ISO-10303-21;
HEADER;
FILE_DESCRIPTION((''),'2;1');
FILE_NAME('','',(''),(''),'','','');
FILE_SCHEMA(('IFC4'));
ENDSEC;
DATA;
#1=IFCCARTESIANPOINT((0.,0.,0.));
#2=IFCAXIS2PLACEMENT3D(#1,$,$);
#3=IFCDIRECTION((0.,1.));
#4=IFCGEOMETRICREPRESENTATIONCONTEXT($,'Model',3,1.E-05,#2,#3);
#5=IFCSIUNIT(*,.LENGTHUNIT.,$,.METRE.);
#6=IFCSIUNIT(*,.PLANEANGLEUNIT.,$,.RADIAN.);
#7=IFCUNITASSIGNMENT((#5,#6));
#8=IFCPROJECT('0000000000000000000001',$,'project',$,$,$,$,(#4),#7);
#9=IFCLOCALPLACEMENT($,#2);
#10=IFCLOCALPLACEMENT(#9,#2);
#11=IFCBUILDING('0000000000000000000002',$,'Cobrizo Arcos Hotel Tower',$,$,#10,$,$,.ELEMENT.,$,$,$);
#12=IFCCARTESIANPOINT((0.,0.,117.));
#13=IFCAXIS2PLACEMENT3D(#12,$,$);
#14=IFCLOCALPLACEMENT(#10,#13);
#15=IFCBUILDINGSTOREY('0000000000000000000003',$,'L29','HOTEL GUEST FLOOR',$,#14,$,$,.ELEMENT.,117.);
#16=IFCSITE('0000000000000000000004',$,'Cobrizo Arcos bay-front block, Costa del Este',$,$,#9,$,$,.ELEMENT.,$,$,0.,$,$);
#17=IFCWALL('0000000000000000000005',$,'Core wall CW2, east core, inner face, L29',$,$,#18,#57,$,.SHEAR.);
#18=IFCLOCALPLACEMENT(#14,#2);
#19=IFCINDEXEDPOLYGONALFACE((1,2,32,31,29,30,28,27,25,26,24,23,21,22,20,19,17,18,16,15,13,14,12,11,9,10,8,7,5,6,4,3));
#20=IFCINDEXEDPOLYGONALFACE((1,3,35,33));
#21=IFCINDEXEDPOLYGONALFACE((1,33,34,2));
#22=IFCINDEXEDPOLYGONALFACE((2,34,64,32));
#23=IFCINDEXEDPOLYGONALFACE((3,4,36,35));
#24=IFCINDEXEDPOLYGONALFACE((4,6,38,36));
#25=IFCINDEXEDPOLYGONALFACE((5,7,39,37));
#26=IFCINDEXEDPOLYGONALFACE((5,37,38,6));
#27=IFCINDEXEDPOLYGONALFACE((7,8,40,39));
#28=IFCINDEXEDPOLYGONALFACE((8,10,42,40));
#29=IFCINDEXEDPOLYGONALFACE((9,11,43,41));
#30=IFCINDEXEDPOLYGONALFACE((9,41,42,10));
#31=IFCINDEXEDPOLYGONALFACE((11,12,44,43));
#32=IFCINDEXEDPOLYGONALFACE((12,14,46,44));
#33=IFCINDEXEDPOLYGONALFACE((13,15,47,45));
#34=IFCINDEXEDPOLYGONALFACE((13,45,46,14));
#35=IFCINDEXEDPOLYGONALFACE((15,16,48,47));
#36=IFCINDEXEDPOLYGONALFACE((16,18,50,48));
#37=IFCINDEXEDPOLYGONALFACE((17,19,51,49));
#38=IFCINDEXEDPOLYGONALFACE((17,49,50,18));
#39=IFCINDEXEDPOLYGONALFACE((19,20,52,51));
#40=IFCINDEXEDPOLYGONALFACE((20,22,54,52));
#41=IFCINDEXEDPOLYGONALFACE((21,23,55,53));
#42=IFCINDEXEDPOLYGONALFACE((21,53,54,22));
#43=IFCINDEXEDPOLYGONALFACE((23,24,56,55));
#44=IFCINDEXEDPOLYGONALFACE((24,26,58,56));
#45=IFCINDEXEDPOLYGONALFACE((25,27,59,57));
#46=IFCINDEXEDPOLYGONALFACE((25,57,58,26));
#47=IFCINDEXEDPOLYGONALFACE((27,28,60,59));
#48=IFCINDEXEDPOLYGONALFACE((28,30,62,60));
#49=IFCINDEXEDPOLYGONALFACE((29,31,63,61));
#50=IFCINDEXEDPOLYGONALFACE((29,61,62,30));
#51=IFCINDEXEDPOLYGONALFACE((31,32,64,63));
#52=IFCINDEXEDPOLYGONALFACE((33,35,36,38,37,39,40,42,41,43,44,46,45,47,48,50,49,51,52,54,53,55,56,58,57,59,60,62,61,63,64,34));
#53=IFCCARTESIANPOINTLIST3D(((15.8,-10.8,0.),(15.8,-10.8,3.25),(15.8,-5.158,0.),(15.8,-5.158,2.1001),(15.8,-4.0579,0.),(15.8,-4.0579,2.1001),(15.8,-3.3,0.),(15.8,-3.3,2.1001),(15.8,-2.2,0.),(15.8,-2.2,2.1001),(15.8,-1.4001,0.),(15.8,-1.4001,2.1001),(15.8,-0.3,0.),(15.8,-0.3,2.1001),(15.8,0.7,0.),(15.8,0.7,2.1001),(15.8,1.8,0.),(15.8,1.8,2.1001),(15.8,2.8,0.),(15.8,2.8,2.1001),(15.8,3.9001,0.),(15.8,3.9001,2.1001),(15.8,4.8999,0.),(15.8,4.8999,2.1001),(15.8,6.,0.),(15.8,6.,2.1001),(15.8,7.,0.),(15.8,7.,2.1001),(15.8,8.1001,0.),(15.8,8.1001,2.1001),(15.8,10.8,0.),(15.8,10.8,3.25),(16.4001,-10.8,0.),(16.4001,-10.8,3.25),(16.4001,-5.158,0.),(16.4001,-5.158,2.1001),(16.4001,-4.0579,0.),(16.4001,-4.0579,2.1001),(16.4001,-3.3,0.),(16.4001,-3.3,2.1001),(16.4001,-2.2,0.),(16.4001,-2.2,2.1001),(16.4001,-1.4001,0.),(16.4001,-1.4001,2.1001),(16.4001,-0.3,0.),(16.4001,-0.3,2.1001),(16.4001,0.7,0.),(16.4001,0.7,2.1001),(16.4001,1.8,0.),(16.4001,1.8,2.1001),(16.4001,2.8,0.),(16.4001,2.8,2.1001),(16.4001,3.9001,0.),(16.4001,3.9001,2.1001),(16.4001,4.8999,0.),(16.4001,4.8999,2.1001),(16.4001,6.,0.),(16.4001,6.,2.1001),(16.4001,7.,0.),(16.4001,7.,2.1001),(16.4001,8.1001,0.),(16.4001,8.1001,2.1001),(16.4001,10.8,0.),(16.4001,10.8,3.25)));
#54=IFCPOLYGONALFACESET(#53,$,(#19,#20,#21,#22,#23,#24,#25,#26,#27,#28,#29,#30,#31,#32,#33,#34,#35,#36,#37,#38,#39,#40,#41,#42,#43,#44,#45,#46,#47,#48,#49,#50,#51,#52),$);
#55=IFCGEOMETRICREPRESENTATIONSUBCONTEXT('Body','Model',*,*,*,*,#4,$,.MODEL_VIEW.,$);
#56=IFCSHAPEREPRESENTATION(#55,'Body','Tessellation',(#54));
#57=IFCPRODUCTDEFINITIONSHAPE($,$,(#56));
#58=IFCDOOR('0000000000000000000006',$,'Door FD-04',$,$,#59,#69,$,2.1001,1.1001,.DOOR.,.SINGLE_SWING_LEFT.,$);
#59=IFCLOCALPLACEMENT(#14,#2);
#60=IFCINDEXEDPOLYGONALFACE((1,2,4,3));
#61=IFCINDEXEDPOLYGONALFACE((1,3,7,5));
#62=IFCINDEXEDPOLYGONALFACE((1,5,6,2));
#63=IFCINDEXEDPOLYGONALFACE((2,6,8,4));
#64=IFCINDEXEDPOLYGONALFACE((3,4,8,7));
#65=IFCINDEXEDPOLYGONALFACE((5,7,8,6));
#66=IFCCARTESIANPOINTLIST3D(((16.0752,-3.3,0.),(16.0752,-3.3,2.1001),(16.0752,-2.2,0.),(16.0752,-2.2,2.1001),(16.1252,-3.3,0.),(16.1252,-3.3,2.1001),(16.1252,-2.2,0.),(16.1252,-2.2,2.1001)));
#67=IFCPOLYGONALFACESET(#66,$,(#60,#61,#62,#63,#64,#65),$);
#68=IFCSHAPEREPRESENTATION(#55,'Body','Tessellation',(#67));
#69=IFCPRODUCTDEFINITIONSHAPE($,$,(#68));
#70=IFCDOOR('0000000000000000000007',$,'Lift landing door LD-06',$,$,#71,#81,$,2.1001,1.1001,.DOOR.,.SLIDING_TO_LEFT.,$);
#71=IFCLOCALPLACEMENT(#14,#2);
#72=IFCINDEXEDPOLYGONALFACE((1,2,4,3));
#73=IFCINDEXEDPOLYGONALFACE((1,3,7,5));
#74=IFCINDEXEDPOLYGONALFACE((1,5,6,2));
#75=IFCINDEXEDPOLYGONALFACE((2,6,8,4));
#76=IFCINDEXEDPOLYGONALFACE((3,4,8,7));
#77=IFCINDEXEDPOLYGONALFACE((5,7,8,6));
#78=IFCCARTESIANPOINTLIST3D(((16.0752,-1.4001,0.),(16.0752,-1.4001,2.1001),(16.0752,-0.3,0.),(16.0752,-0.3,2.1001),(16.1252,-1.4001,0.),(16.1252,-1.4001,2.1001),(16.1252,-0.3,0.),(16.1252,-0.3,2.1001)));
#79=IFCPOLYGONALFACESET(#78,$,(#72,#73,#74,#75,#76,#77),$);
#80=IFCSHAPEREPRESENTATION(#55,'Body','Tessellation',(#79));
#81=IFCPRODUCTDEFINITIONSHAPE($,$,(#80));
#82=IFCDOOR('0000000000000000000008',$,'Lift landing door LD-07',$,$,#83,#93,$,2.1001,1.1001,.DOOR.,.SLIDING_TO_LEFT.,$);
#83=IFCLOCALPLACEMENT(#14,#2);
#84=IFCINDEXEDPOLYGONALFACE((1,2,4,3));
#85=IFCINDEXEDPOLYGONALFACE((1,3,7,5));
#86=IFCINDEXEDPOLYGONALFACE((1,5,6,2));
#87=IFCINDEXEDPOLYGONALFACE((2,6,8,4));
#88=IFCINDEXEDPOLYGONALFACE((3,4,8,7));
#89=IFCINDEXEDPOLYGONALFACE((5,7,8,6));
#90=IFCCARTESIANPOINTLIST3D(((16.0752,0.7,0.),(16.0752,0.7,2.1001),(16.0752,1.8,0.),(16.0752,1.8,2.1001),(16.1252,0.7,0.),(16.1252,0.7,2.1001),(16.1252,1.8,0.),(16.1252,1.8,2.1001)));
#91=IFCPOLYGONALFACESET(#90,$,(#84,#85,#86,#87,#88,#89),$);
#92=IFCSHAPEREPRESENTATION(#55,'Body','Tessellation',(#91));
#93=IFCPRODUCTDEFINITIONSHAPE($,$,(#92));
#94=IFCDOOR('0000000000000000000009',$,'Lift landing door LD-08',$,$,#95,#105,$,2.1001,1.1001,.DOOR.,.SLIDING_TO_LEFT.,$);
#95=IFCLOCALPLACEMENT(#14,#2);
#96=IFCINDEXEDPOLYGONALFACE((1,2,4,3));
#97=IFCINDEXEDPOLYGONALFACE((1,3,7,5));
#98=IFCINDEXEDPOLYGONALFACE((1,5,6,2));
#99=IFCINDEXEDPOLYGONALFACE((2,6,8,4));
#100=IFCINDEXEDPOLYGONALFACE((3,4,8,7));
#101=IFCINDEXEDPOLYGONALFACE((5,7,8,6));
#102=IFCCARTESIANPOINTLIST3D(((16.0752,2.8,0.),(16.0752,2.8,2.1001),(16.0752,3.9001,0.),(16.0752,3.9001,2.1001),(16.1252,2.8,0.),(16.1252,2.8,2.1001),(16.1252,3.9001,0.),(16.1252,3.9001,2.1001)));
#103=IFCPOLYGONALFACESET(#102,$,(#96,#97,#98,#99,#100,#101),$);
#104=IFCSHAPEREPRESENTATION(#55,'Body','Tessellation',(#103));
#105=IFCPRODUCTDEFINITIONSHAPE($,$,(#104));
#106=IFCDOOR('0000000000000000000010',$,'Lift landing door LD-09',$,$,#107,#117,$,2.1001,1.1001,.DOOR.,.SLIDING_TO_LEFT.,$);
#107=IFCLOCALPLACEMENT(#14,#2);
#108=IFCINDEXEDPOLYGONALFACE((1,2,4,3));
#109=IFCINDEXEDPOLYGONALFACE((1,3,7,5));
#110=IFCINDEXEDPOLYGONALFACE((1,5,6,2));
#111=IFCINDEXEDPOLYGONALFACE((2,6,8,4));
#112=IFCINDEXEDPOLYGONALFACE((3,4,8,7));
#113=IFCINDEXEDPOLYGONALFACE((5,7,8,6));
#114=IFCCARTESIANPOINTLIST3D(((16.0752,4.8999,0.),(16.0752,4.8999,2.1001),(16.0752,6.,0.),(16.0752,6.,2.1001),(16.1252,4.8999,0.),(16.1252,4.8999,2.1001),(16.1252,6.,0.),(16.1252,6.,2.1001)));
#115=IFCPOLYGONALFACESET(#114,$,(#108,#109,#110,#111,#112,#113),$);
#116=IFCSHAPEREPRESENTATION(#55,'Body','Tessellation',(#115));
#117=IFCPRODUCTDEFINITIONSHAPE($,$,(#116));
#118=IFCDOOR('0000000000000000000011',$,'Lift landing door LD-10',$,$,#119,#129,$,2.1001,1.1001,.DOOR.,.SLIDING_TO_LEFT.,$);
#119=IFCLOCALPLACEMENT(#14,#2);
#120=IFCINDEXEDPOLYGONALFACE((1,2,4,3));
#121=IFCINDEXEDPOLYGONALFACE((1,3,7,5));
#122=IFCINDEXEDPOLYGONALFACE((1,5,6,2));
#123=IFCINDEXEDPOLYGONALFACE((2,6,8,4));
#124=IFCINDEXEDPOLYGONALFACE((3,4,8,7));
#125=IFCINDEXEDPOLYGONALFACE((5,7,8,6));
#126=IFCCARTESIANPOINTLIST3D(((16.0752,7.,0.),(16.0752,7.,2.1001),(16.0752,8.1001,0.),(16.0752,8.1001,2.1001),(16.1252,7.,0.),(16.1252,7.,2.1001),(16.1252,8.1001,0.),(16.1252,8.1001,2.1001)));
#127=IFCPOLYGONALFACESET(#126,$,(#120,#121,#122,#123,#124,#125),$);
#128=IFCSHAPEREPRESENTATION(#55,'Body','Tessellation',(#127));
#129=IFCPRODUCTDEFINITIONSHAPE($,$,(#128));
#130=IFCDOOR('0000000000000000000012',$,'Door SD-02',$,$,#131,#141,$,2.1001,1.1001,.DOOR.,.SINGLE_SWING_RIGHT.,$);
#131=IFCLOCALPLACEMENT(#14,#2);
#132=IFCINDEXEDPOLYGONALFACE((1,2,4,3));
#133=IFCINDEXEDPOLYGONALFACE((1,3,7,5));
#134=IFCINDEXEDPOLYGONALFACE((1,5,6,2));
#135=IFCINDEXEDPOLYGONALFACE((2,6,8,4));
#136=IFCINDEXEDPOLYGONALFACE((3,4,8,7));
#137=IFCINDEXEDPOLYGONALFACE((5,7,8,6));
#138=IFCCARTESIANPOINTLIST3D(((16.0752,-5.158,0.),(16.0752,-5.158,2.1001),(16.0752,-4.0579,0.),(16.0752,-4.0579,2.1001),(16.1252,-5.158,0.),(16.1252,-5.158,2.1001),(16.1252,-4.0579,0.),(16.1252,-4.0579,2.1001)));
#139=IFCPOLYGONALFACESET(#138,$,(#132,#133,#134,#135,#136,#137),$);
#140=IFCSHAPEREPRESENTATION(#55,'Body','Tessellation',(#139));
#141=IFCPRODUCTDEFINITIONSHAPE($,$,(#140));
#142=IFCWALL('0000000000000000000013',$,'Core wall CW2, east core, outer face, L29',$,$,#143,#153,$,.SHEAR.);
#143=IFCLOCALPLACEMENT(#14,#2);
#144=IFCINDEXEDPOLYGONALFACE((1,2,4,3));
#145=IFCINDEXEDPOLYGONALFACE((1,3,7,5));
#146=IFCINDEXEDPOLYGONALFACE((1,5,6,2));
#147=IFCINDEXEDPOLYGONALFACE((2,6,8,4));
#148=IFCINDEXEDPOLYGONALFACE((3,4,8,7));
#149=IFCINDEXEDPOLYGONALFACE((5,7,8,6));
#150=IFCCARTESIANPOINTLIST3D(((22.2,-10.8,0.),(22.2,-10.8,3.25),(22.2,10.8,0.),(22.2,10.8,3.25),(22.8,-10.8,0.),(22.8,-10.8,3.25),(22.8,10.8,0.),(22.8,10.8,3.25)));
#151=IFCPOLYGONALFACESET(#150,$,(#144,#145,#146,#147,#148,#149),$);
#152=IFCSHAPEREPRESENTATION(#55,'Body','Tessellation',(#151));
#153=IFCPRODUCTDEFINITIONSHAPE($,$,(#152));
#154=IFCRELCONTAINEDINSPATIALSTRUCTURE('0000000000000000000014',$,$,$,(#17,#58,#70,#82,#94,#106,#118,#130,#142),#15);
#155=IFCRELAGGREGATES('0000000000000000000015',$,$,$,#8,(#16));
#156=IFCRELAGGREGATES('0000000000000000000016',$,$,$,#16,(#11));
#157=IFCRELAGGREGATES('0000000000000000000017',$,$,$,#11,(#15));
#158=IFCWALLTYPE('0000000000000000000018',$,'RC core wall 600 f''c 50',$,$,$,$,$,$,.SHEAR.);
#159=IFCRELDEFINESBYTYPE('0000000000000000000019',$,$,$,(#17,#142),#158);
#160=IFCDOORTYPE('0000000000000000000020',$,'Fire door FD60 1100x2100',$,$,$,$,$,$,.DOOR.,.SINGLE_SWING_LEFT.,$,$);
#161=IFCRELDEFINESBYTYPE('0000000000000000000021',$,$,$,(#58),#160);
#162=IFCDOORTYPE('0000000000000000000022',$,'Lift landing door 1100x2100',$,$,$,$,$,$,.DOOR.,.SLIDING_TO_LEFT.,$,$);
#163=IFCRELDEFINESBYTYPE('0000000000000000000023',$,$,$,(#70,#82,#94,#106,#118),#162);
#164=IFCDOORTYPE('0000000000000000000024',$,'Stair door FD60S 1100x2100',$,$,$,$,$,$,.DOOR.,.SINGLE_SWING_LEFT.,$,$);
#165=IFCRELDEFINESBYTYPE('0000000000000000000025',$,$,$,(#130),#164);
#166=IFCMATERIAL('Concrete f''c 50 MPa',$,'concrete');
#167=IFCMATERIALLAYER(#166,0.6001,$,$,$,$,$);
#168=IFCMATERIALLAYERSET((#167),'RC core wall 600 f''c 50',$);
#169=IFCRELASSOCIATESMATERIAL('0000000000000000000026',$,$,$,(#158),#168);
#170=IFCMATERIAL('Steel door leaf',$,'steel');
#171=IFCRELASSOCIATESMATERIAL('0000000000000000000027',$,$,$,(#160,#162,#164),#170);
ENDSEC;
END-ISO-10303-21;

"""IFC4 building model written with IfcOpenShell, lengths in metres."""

from ifc_helpers import new_model, si_unit, direction, frame, frame_2d, origin, place, context, subcontext, project, spatial, rectangle, extrude, material, layer, layer_set, type_object, element, fill, save


model = new_model("IFC4")

# Units and contexts
model_context = context("Model", 3, precision=1e-05, world=origin(), true_north=direction((0.0, 1.0)))
body_context = subcontext(model_context, "Body", "Model", "MODEL_VIEW")
ifc_project = project(units=[si_unit("LENGTHUNIT", "METRE"), si_unit("PLANEANGLEUNIT", "RADIAN")], contexts=[model_context])

# Site, building, storey
site_placement = place(None, origin())
site = spatial("IfcSite", under=ifc_project, at=site_placement, Name="Cobrizo Arcos bay-front block, Costa del Este", CompositionType="ELEMENT", RefElevation=0.0)
building_placement = place(site_placement, origin())
building = spatial("IfcBuilding", under=site, at=building_placement, Name="Cobrizo Arcos Hotel Tower", CompositionType="ELEMENT")
storey_placement = place(building_placement, frame((0.0, 0.0, 117.0)))
storey = spatial("IfcBuildingStorey", under=building, at=storey_placement, Name="L29", Description="HOTEL GUEST FLOOR", CompositionType="ELEMENT", Elevation=117.0)

# Wall, openings, doors
ifc_material_1 = material(Name="Concrete f'c 50 MPa", Category="concrete")
ifc_layer_1 = layer(ifc_material_1, 0.6001)
ifc_layer_set_1 = layer_set([ifc_layer_1], Name="RC core wall 600 f'c 50")
wall_type_1 = type_object("IfcWallType", Name="RC core wall 600 f'c 50", PredefinedType="SHEAR", material=ifc_layer_set_1)
wall_1_placement = place(storey_placement, frame((16.1001, -10.8, 0.0), z_axis=(0.0, 0.0, 1.0), x_axis=(0.0, 1.0, 0.0)))
wall_1 = element("IfcWall", 1, at=wall_1_placement, inside=storey, type_object=wall_type_1, Name="Core wall CW2, east core, inner face, L29", PredefinedType="SHEAR", context=body_context, shape_type="SweptSolid", body=[
    extrude(rectangle(XDim=21.6001, YDim=0.6001, at=frame_2d((10.8, 0.0))), origin(), (0.0, 0.0, 1.0), 3.25),
])
opening_1_placement = place(wall_1_placement, frame((9.3999, 0.0, 0.0)))
opening_1 = element("IfcOpeningElement", 2, at=opening_1_placement, cuts=wall_1, PredefinedType="OPENING", context=body_context, shape_type="SweptSolid", body=[
    extrude(rectangle(XDim=1.1001, YDim=2.1001, at=frame_2d((0.55, 1.05))), frame((0.0, 0.312, 0.0), z_axis=(0.0, -1.0, 0.0), x_axis=(1.0, 0.0, 0.0)), (0.0, 0.0, 1.0), 0.624),
])
opening_2_placement = place(wall_1_placement, frame((11.5, 0.0, 0.0)))
opening_2 = element("IfcOpeningElement", 3, at=opening_2_placement, cuts=wall_1, PredefinedType="OPENING", context=body_context, shape_type="SweptSolid", body=[
    extrude(rectangle(XDim=1.1001, YDim=2.1001, at=frame_2d((0.55, 1.05))), frame((0.0, 0.312, 0.0), z_axis=(0.0, -1.0, 0.0), x_axis=(1.0, 0.0, 0.0)), (0.0, 0.0, 1.0), 0.624),
])
opening_3_placement = place(wall_1_placement, frame((13.6001, 0.0, 0.0)))
opening_3 = element("IfcOpeningElement", 4, at=opening_3_placement, cuts=wall_1, PredefinedType="OPENING", context=body_context, shape_type="SweptSolid", body=[
    extrude(rectangle(XDim=1.1001, YDim=2.1001, at=frame_2d((0.55, 1.05))), frame((0.0, 0.312, 0.0), z_axis=(0.0, -1.0, 0.0), x_axis=(1.0, 0.0, 0.0)), (0.0, 0.0, 1.0), 0.624),
])
opening_4_placement = place(wall_1_placement, frame((15.7, 0.0, 0.0)))
opening_4 = element("IfcOpeningElement", 5, at=opening_4_placement, cuts=wall_1, PredefinedType="OPENING", context=body_context, shape_type="SweptSolid", body=[
    extrude(rectangle(XDim=1.1001, YDim=2.1001, at=frame_2d((0.55, 1.05))), frame((0.0, 0.312, 0.0), z_axis=(0.0, -1.0, 0.0), x_axis=(1.0, 0.0, 0.0)), (0.0, 0.0, 1.0), 0.624),
])
opening_5_placement = place(wall_1_placement, frame((17.8, 0.0, 0.0)))
opening_5 = element("IfcOpeningElement", 6, at=opening_5_placement, cuts=wall_1, PredefinedType="OPENING", context=body_context, shape_type="SweptSolid", body=[
    extrude(rectangle(XDim=1.1001, YDim=2.1001, at=frame_2d((0.55, 1.05))), frame((0.0, 0.312, 0.0), z_axis=(0.0, -1.0, 0.0), x_axis=(1.0, 0.0, 0.0)), (0.0, 0.0, 1.0), 0.624),
])
opening_6_placement = place(wall_1_placement, frame((5.6421, 0.0, 0.0)))
opening_6 = element("IfcOpeningElement", 7, at=opening_6_placement, cuts=wall_1, PredefinedType="OPENING", context=body_context, shape_type="SweptSolid", body=[
    extrude(rectangle(XDim=1.1001, YDim=2.1001, at=frame_2d((0.55, 1.05))), frame((0.0, 0.312, 0.0), z_axis=(0.0, -1.0, 0.0), x_axis=(1.0, 0.0, 0.0)), (0.0, 0.0, 1.0), 0.624),
])
opening_7_placement = place(wall_1_placement, frame((7.5, 0.0, 0.0)))
opening_7 = element("IfcOpeningElement", 8, at=opening_7_placement, cuts=wall_1, PredefinedType="OPENING", context=body_context, shape_type="SweptSolid", body=[
    extrude(rectangle(XDim=1.1001, YDim=2.1001, at=frame_2d((0.55, 1.05))), frame((0.0, 0.312, 0.0), z_axis=(0.0, -1.0, 0.0), x_axis=(1.0, 0.0, 0.0)), (0.0, 0.0, 1.0), 0.624),
])
ifc_material_2 = material(Name="Steel door leaf", Category="steel")
door_type_1 = type_object("IfcDoorType", Name="Fire door FD60 1100x2100", OperationType="SINGLE_SWING_LEFT", PredefinedType="DOOR", material=ifc_material_2)
door_1_placement = place(opening_7_placement, origin())
door_1 = element("IfcDoor", 9, at=door_1_placement, inside=storey, type_object=door_type_1, Name="Door FD-04", OperationType="SINGLE_SWING_LEFT", OverallHeight=2.1001, OverallWidth=1.1001, PredefinedType="DOOR", context=body_context, shape_type="SweptSolid", body=[
    extrude(rectangle(XDim=1.1001, YDim=2.1001, at=frame_2d((0.55, 1.05))), frame((0.0, 0.0249, 0.0), z_axis=(0.0, -1.0, 0.0), x_axis=(1.0, 0.0, 0.0)), (0.0, 0.0, 1.0), 0.05),
])
fill(opening_7, door_1)
door_type_2 = type_object("IfcDoorType", Name="Lift landing door 1100x2100", OperationType="SLIDING_TO_LEFT", PredefinedType="DOOR", material=ifc_material_2)
door_2_placement = place(opening_1_placement, origin())
door_2 = element("IfcDoor", 10, at=door_2_placement, inside=storey, type_object=door_type_2, Name="Lift landing door LD-06", OperationType="SLIDING_TO_LEFT", OverallHeight=2.1001, OverallWidth=1.1001, PredefinedType="DOOR", context=body_context, shape_type="SweptSolid", body=[
    extrude(rectangle(XDim=1.1001, YDim=2.1001, at=frame_2d((0.55, 1.05))), frame((0.0, 0.0249, 0.0), z_axis=(0.0, -1.0, 0.0), x_axis=(1.0, 0.0, 0.0)), (0.0, 0.0, 1.0), 0.05),
])
fill(opening_1, door_2)
door_3_placement = place(opening_2_placement, origin())
door_3 = element("IfcDoor", 11, at=door_3_placement, inside=storey, type_object=door_type_2, Name="Lift landing door LD-07", OperationType="SLIDING_TO_LEFT", OverallHeight=2.1001, OverallWidth=1.1001, PredefinedType="DOOR", context=body_context, shape_type="SweptSolid", body=[
    extrude(rectangle(XDim=1.1001, YDim=2.1001, at=frame_2d((0.55, 1.05))), frame((0.0, 0.0249, 0.0), z_axis=(0.0, -1.0, 0.0), x_axis=(1.0, 0.0, 0.0)), (0.0, 0.0, 1.0), 0.05),
])
fill(opening_2, door_3)
door_4_placement = place(opening_3_placement, origin())
door_4 = element("IfcDoor", 12, at=door_4_placement, inside=storey, type_object=door_type_2, Name="Lift landing door LD-08", OperationType="SLIDING_TO_LEFT", OverallHeight=2.1001, OverallWidth=1.1001, PredefinedType="DOOR", context=body_context, shape_type="SweptSolid", body=[
    extrude(rectangle(XDim=1.1001, YDim=2.1001, at=frame_2d((0.55, 1.05))), frame((0.0, 0.0249, 0.0), z_axis=(0.0, -1.0, 0.0), x_axis=(1.0, 0.0, 0.0)), (0.0, 0.0, 1.0), 0.05),
])
fill(opening_3, door_4)
door_5_placement = place(opening_4_placement, origin())
door_5 = element("IfcDoor", 13, at=door_5_placement, inside=storey, type_object=door_type_2, Name="Lift landing door LD-09", OperationType="SLIDING_TO_LEFT", OverallHeight=2.1001, OverallWidth=1.1001, PredefinedType="DOOR", context=body_context, shape_type="SweptSolid", body=[
    extrude(rectangle(XDim=1.1001, YDim=2.1001, at=frame_2d((0.55, 1.05))), frame((0.0, 0.0249, 0.0), z_axis=(0.0, -1.0, 0.0), x_axis=(1.0, 0.0, 0.0)), (0.0, 0.0, 1.0), 0.05),
])
fill(opening_4, door_5)
door_6_placement = place(opening_5_placement, origin())
door_6 = element("IfcDoor", 14, at=door_6_placement, inside=storey, type_object=door_type_2, Name="Lift landing door LD-10", OperationType="SLIDING_TO_LEFT", OverallHeight=2.1001, OverallWidth=1.1001, PredefinedType="DOOR", context=body_context, shape_type="SweptSolid", body=[
    extrude(rectangle(XDim=1.1001, YDim=2.1001, at=frame_2d((0.55, 1.05))), frame((0.0, 0.0249, 0.0), z_axis=(0.0, -1.0, 0.0), x_axis=(1.0, 0.0, 0.0)), (0.0, 0.0, 1.0), 0.05),
])
fill(opening_5, door_6)
door_type_3 = type_object("IfcDoorType", Name="Stair door FD60S 1100x2100", OperationType="SINGLE_SWING_LEFT", PredefinedType="DOOR", material=ifc_material_2)
door_7_placement = place(opening_6_placement, origin())
door_7 = element("IfcDoor", 15, at=door_7_placement, inside=storey, type_object=door_type_3, Name="Door SD-02", OperationType="SINGLE_SWING_RIGHT", OverallHeight=2.1001, OverallWidth=1.1001, PredefinedType="DOOR", context=body_context, shape_type="SweptSolid", body=[
    extrude(rectangle(XDim=1.1001, YDim=2.1001, at=frame_2d((0.55, 1.05))), frame((0.0, 0.0249, 0.0), z_axis=(0.0, -1.0, 0.0), x_axis=(1.0, 0.0, 0.0)), (0.0, 0.0, 1.0), 0.05),
])
fill(opening_6, door_7)

# Wall
wall_2_placement = place(storey_placement, frame((22.5, -10.8, 0.0), z_axis=(0.0, 0.0, 1.0), x_axis=(0.0, 1.0, 0.0)))
element("IfcWall", 16, at=wall_2_placement, inside=storey, type_object=wall_type_1, Name="Core wall CW2, east core, outer face, L29", PredefinedType="SHEAR", context=body_context, shape_type="SweptSolid", body=[
    extrude(rectangle(XDim=21.6001, YDim=0.6001, at=frame_2d((10.8, 0.0))), origin(), (0.0, 0.0, 1.0), 3.25),
])

save(model, "model.ifc")
